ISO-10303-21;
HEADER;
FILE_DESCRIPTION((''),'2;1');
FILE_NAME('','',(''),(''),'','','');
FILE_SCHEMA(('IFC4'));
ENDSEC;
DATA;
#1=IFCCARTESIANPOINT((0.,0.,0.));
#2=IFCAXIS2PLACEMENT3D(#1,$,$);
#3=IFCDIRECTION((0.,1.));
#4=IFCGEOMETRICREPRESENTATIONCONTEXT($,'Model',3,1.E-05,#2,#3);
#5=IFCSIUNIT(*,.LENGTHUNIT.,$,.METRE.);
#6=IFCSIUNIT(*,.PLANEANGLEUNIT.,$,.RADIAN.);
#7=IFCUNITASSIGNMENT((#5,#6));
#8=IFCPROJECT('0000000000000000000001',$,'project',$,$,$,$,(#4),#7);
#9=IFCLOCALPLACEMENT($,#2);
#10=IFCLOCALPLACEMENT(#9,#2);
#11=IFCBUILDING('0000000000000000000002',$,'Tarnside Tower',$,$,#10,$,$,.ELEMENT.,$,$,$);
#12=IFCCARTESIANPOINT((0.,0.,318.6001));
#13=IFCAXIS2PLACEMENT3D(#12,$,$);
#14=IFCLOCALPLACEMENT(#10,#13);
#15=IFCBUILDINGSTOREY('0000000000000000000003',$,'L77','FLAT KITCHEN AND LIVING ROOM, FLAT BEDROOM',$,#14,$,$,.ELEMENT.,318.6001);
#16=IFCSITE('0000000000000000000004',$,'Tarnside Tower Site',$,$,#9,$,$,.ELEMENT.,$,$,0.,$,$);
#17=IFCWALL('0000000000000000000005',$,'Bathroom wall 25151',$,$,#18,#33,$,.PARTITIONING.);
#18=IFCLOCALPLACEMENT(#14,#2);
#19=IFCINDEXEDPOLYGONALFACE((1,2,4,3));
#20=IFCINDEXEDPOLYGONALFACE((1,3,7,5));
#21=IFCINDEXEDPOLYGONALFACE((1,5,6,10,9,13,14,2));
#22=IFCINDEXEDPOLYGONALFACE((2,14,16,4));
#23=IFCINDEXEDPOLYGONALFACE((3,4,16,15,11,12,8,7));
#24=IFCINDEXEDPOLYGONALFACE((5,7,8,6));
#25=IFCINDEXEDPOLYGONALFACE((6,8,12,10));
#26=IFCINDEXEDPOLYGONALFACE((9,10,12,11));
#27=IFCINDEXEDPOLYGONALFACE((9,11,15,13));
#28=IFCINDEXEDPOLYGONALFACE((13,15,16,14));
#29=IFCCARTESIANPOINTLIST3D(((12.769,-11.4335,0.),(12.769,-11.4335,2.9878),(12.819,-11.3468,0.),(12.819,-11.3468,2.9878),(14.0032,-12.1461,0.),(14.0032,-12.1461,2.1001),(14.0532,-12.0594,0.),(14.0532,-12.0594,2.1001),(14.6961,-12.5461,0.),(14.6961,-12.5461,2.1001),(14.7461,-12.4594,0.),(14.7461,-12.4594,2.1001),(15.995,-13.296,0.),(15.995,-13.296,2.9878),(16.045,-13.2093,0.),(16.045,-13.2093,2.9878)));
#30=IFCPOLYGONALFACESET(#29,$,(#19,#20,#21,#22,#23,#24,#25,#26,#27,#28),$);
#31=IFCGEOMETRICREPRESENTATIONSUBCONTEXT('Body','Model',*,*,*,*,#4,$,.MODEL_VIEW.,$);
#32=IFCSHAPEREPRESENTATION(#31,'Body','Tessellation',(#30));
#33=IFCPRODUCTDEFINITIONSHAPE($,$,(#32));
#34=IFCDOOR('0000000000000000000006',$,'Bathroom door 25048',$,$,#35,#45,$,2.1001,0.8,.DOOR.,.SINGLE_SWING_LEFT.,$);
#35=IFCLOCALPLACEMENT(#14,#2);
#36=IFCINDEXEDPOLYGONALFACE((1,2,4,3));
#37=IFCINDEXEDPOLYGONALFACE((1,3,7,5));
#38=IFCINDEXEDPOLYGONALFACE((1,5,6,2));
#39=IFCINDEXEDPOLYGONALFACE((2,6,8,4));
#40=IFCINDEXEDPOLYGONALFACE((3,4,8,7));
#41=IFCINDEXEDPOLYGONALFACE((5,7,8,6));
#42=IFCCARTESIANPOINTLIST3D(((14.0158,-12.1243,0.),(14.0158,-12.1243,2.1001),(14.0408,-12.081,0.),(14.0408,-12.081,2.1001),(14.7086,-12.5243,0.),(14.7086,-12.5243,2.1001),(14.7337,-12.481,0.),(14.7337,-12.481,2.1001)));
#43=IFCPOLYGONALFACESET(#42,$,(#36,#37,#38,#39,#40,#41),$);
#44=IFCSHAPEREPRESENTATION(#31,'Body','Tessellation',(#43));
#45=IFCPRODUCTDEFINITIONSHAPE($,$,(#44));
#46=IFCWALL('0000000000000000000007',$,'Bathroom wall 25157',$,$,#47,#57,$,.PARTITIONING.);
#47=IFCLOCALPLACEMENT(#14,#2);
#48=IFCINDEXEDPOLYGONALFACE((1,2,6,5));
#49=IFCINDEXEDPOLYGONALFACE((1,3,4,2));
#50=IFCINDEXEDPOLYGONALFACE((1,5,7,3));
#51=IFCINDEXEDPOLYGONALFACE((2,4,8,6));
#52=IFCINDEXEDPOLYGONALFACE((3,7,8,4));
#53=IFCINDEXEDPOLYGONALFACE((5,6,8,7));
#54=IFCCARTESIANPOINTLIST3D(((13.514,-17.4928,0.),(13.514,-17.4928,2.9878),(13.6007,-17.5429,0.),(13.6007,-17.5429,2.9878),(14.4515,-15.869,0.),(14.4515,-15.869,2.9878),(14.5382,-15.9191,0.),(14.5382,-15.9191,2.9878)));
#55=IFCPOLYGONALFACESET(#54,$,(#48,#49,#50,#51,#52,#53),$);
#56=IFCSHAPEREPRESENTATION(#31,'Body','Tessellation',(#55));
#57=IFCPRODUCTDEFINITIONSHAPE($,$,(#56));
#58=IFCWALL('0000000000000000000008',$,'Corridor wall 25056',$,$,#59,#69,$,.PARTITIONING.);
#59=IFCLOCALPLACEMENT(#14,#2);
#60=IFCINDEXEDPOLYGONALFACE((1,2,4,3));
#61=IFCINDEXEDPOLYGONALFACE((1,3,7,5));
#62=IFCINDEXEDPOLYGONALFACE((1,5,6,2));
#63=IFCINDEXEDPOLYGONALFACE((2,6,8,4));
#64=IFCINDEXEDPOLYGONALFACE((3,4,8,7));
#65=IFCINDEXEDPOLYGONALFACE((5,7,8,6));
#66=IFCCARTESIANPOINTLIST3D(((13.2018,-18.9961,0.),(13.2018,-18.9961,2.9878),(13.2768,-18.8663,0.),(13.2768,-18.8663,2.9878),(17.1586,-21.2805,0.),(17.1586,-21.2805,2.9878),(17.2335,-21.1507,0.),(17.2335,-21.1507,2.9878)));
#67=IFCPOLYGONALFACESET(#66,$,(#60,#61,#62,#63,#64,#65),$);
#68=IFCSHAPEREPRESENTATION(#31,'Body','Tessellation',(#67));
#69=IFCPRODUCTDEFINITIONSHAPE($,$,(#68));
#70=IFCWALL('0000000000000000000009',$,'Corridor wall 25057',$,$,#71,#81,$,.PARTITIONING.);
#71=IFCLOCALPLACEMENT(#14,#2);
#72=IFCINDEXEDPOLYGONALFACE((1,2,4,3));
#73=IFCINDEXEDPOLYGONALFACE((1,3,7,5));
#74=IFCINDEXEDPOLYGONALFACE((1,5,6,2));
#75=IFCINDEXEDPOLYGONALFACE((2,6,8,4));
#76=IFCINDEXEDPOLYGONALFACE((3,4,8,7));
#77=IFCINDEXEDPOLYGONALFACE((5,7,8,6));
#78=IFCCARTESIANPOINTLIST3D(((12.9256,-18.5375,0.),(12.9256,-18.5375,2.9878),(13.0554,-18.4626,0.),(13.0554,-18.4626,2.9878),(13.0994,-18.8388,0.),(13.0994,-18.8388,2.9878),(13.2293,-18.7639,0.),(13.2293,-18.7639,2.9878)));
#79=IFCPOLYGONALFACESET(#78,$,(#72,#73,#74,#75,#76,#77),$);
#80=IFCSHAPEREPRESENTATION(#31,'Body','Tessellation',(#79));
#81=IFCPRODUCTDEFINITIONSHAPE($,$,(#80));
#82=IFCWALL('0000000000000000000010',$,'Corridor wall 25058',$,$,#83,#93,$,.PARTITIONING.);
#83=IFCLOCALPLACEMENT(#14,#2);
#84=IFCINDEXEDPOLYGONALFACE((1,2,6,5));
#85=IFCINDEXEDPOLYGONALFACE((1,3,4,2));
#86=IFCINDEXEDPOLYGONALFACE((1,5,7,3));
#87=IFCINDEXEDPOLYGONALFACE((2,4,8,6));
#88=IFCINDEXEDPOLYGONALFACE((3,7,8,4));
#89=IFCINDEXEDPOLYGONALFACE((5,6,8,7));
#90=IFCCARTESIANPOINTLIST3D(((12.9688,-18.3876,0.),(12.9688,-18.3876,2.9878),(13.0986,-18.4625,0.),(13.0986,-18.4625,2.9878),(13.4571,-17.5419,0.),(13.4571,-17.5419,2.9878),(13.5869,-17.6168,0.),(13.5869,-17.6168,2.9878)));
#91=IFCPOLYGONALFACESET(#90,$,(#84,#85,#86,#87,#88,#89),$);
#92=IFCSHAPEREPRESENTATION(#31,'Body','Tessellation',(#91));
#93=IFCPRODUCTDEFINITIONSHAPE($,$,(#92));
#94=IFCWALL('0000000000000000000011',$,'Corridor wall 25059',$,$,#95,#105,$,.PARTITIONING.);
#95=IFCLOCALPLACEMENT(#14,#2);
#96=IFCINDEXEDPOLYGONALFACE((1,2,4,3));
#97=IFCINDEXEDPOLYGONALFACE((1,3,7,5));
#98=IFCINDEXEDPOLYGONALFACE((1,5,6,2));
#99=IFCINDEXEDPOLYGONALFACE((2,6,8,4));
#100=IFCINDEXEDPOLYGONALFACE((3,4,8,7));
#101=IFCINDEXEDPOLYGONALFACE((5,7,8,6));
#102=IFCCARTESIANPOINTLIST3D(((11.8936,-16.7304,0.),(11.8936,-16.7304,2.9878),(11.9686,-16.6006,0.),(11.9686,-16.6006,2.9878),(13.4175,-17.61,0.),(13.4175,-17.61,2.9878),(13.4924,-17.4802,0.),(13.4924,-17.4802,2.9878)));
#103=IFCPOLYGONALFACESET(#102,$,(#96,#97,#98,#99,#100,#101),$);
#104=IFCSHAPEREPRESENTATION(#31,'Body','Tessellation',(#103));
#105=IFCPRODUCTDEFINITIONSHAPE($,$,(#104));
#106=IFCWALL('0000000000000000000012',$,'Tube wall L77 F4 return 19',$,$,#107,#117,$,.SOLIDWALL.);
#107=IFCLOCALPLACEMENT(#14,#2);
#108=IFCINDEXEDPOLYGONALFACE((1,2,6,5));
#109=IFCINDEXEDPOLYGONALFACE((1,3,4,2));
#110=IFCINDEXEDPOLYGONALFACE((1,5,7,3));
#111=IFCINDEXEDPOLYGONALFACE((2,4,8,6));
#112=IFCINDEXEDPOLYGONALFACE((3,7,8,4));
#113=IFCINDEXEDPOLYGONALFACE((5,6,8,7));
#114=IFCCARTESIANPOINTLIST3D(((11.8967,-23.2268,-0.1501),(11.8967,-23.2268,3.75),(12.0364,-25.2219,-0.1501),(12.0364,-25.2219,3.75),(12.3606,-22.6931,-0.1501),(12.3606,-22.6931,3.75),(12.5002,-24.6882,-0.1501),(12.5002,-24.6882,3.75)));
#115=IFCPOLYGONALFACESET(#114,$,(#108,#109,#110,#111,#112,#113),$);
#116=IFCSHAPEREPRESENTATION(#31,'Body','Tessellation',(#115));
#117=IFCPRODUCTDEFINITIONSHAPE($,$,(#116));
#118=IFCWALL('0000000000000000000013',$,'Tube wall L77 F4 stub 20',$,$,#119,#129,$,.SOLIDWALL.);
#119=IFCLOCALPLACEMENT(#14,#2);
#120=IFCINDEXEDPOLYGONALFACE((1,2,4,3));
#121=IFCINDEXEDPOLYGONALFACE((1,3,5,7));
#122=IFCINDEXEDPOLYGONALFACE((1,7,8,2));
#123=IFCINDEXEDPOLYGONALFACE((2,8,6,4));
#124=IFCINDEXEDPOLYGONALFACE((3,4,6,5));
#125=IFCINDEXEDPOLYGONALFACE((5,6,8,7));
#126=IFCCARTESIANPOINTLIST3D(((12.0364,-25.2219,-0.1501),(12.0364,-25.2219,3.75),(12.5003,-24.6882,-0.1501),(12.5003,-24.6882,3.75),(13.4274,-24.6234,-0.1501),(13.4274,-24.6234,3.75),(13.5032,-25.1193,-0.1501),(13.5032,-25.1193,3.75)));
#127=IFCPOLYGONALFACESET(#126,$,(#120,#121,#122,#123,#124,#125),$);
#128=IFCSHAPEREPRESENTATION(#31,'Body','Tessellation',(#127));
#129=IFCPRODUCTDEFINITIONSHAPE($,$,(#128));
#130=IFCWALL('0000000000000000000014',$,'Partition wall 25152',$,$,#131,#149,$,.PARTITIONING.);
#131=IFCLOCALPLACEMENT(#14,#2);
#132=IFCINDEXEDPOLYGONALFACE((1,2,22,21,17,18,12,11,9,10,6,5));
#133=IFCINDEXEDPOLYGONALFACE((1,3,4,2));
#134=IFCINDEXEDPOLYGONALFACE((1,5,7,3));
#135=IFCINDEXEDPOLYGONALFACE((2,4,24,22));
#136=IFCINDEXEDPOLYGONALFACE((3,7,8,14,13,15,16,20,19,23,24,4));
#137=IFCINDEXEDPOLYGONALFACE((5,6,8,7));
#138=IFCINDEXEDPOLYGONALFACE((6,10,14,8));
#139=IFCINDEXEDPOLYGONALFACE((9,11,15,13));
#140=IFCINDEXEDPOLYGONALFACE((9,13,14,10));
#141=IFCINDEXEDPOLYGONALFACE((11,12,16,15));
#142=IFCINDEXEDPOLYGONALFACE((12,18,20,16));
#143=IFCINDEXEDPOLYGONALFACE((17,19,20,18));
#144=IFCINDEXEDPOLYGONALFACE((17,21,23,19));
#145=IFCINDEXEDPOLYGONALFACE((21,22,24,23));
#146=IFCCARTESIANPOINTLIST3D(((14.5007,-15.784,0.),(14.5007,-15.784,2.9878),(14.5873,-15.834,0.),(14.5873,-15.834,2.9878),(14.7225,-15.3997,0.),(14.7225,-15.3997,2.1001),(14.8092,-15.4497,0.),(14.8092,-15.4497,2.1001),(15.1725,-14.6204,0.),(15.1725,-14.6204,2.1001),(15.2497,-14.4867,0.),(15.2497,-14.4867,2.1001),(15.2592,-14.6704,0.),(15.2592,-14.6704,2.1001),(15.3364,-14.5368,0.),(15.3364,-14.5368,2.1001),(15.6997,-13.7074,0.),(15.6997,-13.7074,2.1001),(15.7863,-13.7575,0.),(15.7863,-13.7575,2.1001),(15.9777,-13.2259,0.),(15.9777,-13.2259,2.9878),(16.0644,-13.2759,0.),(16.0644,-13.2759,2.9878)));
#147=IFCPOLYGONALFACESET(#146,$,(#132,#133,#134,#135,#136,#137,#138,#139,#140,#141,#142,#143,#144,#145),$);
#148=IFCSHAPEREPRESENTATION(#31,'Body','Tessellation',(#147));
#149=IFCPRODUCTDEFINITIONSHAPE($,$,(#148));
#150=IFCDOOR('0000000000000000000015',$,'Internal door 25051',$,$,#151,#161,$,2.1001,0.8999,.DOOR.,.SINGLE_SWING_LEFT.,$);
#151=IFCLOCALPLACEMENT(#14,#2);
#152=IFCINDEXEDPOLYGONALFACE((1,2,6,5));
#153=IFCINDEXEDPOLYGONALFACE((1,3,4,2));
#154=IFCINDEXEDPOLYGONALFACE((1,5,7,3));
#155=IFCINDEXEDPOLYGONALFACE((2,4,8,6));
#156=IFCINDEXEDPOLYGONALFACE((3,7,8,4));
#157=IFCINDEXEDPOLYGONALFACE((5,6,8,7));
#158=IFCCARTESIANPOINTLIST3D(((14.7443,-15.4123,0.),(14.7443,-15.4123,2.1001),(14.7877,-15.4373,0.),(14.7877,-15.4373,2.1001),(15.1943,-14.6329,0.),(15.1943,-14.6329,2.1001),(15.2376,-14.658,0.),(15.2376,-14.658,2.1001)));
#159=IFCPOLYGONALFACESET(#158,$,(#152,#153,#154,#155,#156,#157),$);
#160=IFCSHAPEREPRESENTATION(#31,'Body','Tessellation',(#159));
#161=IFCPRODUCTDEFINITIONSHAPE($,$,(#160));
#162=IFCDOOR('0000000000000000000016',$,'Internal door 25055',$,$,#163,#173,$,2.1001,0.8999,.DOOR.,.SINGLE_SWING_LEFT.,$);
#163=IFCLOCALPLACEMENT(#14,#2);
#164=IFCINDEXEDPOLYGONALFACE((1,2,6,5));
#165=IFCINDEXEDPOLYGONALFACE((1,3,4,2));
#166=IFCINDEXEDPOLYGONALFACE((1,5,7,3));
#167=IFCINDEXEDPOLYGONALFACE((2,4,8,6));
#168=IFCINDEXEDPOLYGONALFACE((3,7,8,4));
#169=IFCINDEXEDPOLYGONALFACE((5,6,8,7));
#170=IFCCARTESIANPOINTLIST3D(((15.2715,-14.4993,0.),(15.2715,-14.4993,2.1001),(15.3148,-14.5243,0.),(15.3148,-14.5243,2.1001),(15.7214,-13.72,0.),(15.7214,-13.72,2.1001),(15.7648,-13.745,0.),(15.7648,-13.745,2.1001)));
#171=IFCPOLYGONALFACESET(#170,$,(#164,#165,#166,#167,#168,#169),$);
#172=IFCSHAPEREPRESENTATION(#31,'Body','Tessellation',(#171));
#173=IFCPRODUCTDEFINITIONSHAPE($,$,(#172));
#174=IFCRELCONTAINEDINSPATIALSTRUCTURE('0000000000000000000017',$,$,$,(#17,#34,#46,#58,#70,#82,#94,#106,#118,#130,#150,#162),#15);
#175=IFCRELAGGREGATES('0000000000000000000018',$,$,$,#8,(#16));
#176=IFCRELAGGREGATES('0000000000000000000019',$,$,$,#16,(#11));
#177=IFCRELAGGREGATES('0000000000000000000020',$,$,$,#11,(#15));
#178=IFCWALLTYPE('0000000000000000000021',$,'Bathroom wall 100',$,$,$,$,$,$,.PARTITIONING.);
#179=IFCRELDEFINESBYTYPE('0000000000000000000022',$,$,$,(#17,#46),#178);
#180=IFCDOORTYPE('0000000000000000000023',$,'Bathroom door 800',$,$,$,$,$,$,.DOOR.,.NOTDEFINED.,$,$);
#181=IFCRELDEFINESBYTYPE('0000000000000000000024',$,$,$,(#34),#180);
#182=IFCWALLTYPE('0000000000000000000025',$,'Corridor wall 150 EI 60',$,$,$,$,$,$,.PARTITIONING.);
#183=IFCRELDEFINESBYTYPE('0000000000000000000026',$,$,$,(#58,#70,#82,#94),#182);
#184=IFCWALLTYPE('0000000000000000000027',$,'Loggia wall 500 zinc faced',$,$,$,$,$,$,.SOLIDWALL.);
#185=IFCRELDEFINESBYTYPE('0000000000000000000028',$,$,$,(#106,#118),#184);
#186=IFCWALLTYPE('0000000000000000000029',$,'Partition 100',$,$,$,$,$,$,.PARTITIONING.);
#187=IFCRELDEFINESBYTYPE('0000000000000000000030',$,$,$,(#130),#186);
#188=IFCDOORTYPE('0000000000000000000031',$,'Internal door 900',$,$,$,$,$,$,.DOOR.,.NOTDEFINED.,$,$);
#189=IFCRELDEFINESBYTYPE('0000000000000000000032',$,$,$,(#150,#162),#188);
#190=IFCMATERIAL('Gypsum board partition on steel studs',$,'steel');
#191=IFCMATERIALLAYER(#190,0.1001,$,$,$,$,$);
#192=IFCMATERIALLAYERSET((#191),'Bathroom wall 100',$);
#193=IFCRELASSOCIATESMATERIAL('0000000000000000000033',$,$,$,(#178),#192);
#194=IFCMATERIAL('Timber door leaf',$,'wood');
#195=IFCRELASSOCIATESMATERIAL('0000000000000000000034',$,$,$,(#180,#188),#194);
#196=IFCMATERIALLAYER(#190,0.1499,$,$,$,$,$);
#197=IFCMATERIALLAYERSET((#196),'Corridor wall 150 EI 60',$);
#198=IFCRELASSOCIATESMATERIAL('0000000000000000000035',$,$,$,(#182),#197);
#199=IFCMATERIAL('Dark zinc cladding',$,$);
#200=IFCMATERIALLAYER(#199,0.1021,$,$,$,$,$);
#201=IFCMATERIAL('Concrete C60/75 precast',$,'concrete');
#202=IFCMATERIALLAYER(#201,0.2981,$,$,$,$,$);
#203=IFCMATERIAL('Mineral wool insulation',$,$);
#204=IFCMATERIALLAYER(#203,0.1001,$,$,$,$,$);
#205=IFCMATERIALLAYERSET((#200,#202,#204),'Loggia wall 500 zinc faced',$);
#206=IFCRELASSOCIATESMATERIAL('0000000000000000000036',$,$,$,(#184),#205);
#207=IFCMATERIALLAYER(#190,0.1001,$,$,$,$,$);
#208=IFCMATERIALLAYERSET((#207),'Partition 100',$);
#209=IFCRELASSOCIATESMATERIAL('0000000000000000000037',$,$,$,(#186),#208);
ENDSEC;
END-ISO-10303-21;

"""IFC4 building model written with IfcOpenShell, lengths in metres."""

from ifc_helpers import new_model, si_unit, direction, frame, frame_2d, origin, place, context, subcontext, project, spatial, polyline, rectangle, outline, extrude, material, layer, layer_set, type_object, element, fill, save


model = new_model("IFC4")

# Units and contexts
model_context = context("Model", 3, precision=1e-05, world=origin(), true_north=direction((0.0, 1.0)))
body_context = subcontext(model_context, "Body", "Model", "MODEL_VIEW")
ifc_project = project(units=[si_unit("LENGTHUNIT", "METRE"), si_unit("PLANEANGLEUNIT", "RADIAN")], contexts=[model_context])

# Site, building, storey
site_placement = place(None, origin())
site = spatial("IfcSite", under=ifc_project, at=site_placement, Name="Tarnside Tower Site", CompositionType="ELEMENT", RefElevation=0.0)
building_placement = place(site_placement, origin())
building = spatial("IfcBuilding", under=site, at=building_placement, Name="Tarnside Tower", CompositionType="ELEMENT")
storey_placement = place(building_placement, frame((0.0, 0.0, 318.6001)))
storey = spatial("IfcBuildingStorey", under=building, at=storey_placement, Name="L77", Description="FLAT KITCHEN AND LIVING ROOM, FLAT BEDROOM", CompositionType="ELEMENT", Elevation=318.6001)

# Wall, opening, door
ifc_material_1 = material(Name="Gypsum board partition on steel studs", Category="steel")
ifc_layer_1 = layer(ifc_material_1, 0.1001)
ifc_layer_set_1 = layer_set([ifc_layer_1], Name="Bathroom wall 100")
wall_type_1 = type_object("IfcWallType", Name="Bathroom wall 100", PredefinedType="PARTITIONING", material=ifc_layer_set_1)
wall_1_placement = place(storey_placement, frame((16.02, -13.2527, 0.0), z_axis=(0.0, 0.0, 1.0), x_axis=(-0.866028, 0.499995, 0.0)))
wall_1 = element("IfcWall", 1, at=wall_1_placement, inside=storey, type_object=wall_type_1, Name="Bathroom wall 25151", PredefinedType="PARTITIONING", context=body_context, shape_type="SweptSolid", body=[
    extrude(rectangle(XDim=3.7251, YDim=0.1001, at=frame_2d((1.8625, 0.0))), origin(), (0.0, 0.0, 1.0), 2.9878),
])
opening_1_placement = place(wall_1_placement, frame((1.5, 0.0, 0.0)))
opening_1 = element("IfcOpeningElement", 2, at=opening_1_placement, cuts=wall_1, PredefinedType="OPENING", context=body_context, shape_type="SweptSolid", body=[
    extrude(rectangle(XDim=0.8, YDim=2.1001, at=frame_2d((0.3999, 1.05))), frame((0.0, 0.0601, 0.0), z_axis=(0.0, -1.0, 0.0), x_axis=(1.0, 0.0, 0.0)), (0.0, 0.0, 1.0), 0.1201),
])
ifc_material_2 = material(Name="Timber door leaf", Category="wood")
door_type_1 = type_object("IfcDoorType", Name="Bathroom door 800", OperationType="NOTDEFINED", PredefinedType="DOOR", material=ifc_material_2)
door_1_placement = place(opening_1_placement, origin())
door_1 = element("IfcDoor", 3, at=door_1_placement, inside=storey, type_object=door_type_1, Name="Bathroom door 25048", OperationType="SINGLE_SWING_LEFT", OverallHeight=2.1001, OverallWidth=0.8, PredefinedType="DOOR", context=body_context, shape_type="SweptSolid", body=[
    extrude(rectangle(XDim=0.8, YDim=2.1001, at=frame_2d((0.3999, 1.05))), frame((0.0, 0.0249, 0.0), z_axis=(0.0, -1.0, 0.0), x_axis=(1.0, 0.0, 0.0)), (0.0, 0.0, 1.0), 0.05),
])
fill(opening_1, door_1)

# Walls
wall_2_placement = place(storey_placement, frame((14.4949, -15.894, 0.0), z_axis=(0.0, 0.0, 1.0), x_axis=(-0.500004, -0.866023, 0.0)))
element("IfcWall", 4, at=wall_2_placement, inside=storey, type_object=wall_type_1, Name="Bathroom wall 25157", PredefinedType="PARTITIONING", context=body_context, shape_type="SweptSolid", body=[
    extrude(rectangle(XDim=1.875, YDim=0.1001, at=frame_2d((0.9375, 0.0))), origin(), (0.0, 0.0, 1.0), 2.9878),
])
ifc_layer_2 = layer(ifc_material_1, 0.1499)
ifc_layer_set_2 = layer_set([ifc_layer_2], Name="Corridor wall 150 EI 60")
wall_type_2 = type_object("IfcWallType", Name="Corridor wall 150 EI 60", PredefinedType="PARTITIONING", material=ifc_layer_set_2)
wall_3_placement = place(storey_placement, frame((17.196, -21.2156, 0.0), z_axis=(0.0, 0.0, 1.0), x_axis=(-0.866028, 0.499995, 0.0)))
element("IfcWall", 5, at=wall_3_placement, inside=storey, type_object=wall_type_2, Name="Corridor wall 25056", PredefinedType="PARTITIONING", context=body_context, shape_type="SweptSolid", body=[
    extrude(rectangle(XDim=4.5688, YDim=0.1499, at=frame_2d((2.2844, 0.0))), origin(), (0.0, 0.0, 1.0), 2.9878),
])
wall_4_placement = place(storey_placement, frame((13.1643, -18.8013, 0.0), z_axis=(0.0, 0.0, 1.0), x_axis=(-0.499763, 0.866162, 0.0)))
element("IfcWall", 6, at=wall_4_placement, inside=storey, type_object=wall_type_2, Name="Corridor wall 25057", PredefinedType="PARTITIONING", context=body_context, shape_type="SweptSolid", body=[
    extrude(rectangle(XDim=0.3479, YDim=0.1499, at=frame_2d((0.1738, 0.0))), origin(), (0.0, 0.0, 1.0), 2.9878),
])
wall_5_placement = place(storey_placement, frame((13.0337, -18.425, 0.0), z_axis=(0.0, 0.0, 1.0), x_axis=(0.500011, 0.866019, 0.0)))
element("IfcWall", 7, at=wall_5_placement, inside=storey, type_object=wall_type_2, Name="Corridor wall 25058", PredefinedType="PARTITIONING", context=body_context, shape_type="SweptSolid", body=[
    extrude(rectangle(XDim=0.9766, YDim=0.1499, at=frame_2d((0.4883, 0.0))), origin(), (0.0, 0.0, 1.0), 2.9878),
])
wall_6_placement = place(storey_placement, frame((13.4551, -17.5452, 0.0), z_axis=(0.0, 0.0, 1.0), x_axis=(-0.866075, 0.499915, 0.0)))
element("IfcWall", 8, at=wall_6_placement, inside=storey, type_object=wall_type_2, Name="Corridor wall 25059", PredefinedType="PARTITIONING", context=body_context, shape_type="SweptSolid", body=[
    extrude(rectangle(XDim=1.7595, YDim=0.1499, at=frame_2d((0.8799, 0.0))), origin(), (0.0, 0.0, 1.0), 2.9878),
])
ifc_material_3 = material(Name="Dark zinc cladding")
ifc_layer_3 = layer(ifc_material_3, 0.1021)
ifc_material_4 = material(Name="Concrete C60/75 precast", Category="concrete")
ifc_layer_4 = layer(ifc_material_4, 0.2981)
ifc_material_5 = material(Name="Mineral wool insulation")
ifc_layer_5 = layer(ifc_material_5, 0.1001)
ifc_layer_set_3 = layer_set([ifc_layer_3, ifc_layer_4, ifc_layer_5], Name="Loggia wall 500 zinc faced")
wall_type_3 = type_object("IfcWallType", Name="Loggia wall 500 zinc faced", PredefinedType="SOLIDWALL", material=ifc_layer_set_3)
wall_7_placement = place(storey_placement, frame((12.1287, -22.96, -0.1501), z_axis=(0.0, 0.0, 1.0), x_axis=(0.069824, -0.997559, 0.0)))
element("IfcWall", 9, at=wall_7_placement, inside=storey, type_object=wall_type_3, Name="Tube wall L77 F4 return 19", PredefinedType="SOLIDWALL", context=body_context, shape_type="SweptSolid", body=[
    extrude(outline(polyline([(0.25, -0.25), (2.25, -0.25), (1.75, 0.25), (-0.25, 0.25), (0.25, -0.25)])), origin(), (0.0, 0.0, 1.0), 3.9001),
])
wall_8_placement = place(storey_placement, frame((12.2683, -24.9551, -0.1501), z_axis=(0.0, 0.0, 1.0), x_axis=(0.997562, 0.069787, 0.0)))
element("IfcWall", 10, at=wall_8_placement, inside=storey, type_object=wall_type_3, Name="Tube wall L77 F4 stub 20", PredefinedType="SOLIDWALL", context=body_context, shape_type="SweptSolid", body=[
    extrude(outline(polyline([(-0.25, -0.25), (1.2205, -0.25), (1.1794, 0.25), (0.25, 0.25), (-0.25, -0.25)])), origin(), (0.0, 0.0, 1.0), 3.9001),
])

# Wall, openings, doors
ifc_layer_6 = layer(ifc_material_1, 0.1001)
ifc_layer_set_4 = layer_set([ifc_layer_6], Name="Partition 100")
wall_type_4 = type_object("IfcWallType", Name="Partition 100", PredefinedType="PARTITIONING", material=ifc_layer_set_4)
wall_9_placement = place(storey_placement, frame((14.5439, -15.8091, 0.0), z_axis=(0.0, 0.0, 1.0), x_axis=(0.500032, 0.866007, 0.0)))
wall_9 = element("IfcWall", 11, at=wall_9_placement, inside=storey, type_object=wall_type_4, Name="Partition wall 25152", PredefinedType="PARTITIONING", context=body_context, shape_type="SweptSolid", body=[
    extrude(rectangle(XDim=2.9539, YDim=0.1001, at=frame_2d((1.4771, 0.0))), origin(), (0.0, 0.0, 1.0), 2.9878),
])
opening_2_placement = place(wall_9_placement, frame((0.4438, 0.0, 0.0)))
opening_2 = element("IfcOpeningElement", 12, at=opening_2_placement, cuts=wall_9, PredefinedType="OPENING", context=body_context, shape_type="SweptSolid", body=[
    extrude(rectangle(XDim=0.8999, YDim=2.1001, at=frame_2d((0.45, 1.05))), frame((0.0, 0.0601, 0.0), z_axis=(0.0, -1.0, 0.0), x_axis=(1.0, 0.0, 0.0)), (0.0, 0.0, 1.0), 0.1201),
])
opening_3_placement = place(wall_9_placement, frame((1.498, 0.0, 0.0)))
opening_3 = element("IfcOpeningElement", 13, at=opening_3_placement, cuts=wall_9, PredefinedType="OPENING", context=body_context, shape_type="SweptSolid", body=[
    extrude(rectangle(XDim=0.8999, YDim=2.1001, at=frame_2d((0.45, 1.05))), frame((0.0, 0.0601, 0.0), z_axis=(0.0, -1.0, 0.0), x_axis=(1.0, 0.0, 0.0)), (0.0, 0.0, 1.0), 0.1201),
])
door_type_2 = type_object("IfcDoorType", Name="Internal door 900", OperationType="NOTDEFINED", PredefinedType="DOOR", material=ifc_material_2)
door_2_placement = place(opening_2_placement, origin())
door_2 = element("IfcDoor", 14, at=door_2_placement, inside=storey, type_object=door_type_2, Name="Internal door 25051", OperationType="SINGLE_SWING_LEFT", OverallHeight=2.1001, OverallWidth=0.8999, PredefinedType="DOOR", context=body_context, shape_type="SweptSolid", body=[
    extrude(rectangle(XDim=0.8999, YDim=2.1001, at=frame_2d((0.45, 1.05))), frame((0.0, 0.0249, 0.0), z_axis=(0.0, -1.0, 0.0), x_axis=(1.0, 0.0, 0.0)), (0.0, 0.0, 1.0), 0.05),
])
fill(opening_2, door_2)
door_3_placement = place(opening_3_placement, origin())
door_3 = element("IfcDoor", 15, at=door_3_placement, inside=storey, type_object=door_type_2, Name="Internal door 25055", OperationType="SINGLE_SWING_LEFT", OverallHeight=2.1001, OverallWidth=0.8999, PredefinedType="DOOR", context=body_context, shape_type="SweptSolid", body=[
    extrude(rectangle(XDim=0.8999, YDim=2.1001, at=frame_2d((0.45, 1.05))), frame((0.0, 0.0249, 0.0), z_axis=(0.0, -1.0, 0.0), x_axis=(1.0, 0.0, 0.0)), (0.0, 0.0, 1.0), 0.05),
])
fill(opening_3, door_3)

save(model, "model.ifc")
